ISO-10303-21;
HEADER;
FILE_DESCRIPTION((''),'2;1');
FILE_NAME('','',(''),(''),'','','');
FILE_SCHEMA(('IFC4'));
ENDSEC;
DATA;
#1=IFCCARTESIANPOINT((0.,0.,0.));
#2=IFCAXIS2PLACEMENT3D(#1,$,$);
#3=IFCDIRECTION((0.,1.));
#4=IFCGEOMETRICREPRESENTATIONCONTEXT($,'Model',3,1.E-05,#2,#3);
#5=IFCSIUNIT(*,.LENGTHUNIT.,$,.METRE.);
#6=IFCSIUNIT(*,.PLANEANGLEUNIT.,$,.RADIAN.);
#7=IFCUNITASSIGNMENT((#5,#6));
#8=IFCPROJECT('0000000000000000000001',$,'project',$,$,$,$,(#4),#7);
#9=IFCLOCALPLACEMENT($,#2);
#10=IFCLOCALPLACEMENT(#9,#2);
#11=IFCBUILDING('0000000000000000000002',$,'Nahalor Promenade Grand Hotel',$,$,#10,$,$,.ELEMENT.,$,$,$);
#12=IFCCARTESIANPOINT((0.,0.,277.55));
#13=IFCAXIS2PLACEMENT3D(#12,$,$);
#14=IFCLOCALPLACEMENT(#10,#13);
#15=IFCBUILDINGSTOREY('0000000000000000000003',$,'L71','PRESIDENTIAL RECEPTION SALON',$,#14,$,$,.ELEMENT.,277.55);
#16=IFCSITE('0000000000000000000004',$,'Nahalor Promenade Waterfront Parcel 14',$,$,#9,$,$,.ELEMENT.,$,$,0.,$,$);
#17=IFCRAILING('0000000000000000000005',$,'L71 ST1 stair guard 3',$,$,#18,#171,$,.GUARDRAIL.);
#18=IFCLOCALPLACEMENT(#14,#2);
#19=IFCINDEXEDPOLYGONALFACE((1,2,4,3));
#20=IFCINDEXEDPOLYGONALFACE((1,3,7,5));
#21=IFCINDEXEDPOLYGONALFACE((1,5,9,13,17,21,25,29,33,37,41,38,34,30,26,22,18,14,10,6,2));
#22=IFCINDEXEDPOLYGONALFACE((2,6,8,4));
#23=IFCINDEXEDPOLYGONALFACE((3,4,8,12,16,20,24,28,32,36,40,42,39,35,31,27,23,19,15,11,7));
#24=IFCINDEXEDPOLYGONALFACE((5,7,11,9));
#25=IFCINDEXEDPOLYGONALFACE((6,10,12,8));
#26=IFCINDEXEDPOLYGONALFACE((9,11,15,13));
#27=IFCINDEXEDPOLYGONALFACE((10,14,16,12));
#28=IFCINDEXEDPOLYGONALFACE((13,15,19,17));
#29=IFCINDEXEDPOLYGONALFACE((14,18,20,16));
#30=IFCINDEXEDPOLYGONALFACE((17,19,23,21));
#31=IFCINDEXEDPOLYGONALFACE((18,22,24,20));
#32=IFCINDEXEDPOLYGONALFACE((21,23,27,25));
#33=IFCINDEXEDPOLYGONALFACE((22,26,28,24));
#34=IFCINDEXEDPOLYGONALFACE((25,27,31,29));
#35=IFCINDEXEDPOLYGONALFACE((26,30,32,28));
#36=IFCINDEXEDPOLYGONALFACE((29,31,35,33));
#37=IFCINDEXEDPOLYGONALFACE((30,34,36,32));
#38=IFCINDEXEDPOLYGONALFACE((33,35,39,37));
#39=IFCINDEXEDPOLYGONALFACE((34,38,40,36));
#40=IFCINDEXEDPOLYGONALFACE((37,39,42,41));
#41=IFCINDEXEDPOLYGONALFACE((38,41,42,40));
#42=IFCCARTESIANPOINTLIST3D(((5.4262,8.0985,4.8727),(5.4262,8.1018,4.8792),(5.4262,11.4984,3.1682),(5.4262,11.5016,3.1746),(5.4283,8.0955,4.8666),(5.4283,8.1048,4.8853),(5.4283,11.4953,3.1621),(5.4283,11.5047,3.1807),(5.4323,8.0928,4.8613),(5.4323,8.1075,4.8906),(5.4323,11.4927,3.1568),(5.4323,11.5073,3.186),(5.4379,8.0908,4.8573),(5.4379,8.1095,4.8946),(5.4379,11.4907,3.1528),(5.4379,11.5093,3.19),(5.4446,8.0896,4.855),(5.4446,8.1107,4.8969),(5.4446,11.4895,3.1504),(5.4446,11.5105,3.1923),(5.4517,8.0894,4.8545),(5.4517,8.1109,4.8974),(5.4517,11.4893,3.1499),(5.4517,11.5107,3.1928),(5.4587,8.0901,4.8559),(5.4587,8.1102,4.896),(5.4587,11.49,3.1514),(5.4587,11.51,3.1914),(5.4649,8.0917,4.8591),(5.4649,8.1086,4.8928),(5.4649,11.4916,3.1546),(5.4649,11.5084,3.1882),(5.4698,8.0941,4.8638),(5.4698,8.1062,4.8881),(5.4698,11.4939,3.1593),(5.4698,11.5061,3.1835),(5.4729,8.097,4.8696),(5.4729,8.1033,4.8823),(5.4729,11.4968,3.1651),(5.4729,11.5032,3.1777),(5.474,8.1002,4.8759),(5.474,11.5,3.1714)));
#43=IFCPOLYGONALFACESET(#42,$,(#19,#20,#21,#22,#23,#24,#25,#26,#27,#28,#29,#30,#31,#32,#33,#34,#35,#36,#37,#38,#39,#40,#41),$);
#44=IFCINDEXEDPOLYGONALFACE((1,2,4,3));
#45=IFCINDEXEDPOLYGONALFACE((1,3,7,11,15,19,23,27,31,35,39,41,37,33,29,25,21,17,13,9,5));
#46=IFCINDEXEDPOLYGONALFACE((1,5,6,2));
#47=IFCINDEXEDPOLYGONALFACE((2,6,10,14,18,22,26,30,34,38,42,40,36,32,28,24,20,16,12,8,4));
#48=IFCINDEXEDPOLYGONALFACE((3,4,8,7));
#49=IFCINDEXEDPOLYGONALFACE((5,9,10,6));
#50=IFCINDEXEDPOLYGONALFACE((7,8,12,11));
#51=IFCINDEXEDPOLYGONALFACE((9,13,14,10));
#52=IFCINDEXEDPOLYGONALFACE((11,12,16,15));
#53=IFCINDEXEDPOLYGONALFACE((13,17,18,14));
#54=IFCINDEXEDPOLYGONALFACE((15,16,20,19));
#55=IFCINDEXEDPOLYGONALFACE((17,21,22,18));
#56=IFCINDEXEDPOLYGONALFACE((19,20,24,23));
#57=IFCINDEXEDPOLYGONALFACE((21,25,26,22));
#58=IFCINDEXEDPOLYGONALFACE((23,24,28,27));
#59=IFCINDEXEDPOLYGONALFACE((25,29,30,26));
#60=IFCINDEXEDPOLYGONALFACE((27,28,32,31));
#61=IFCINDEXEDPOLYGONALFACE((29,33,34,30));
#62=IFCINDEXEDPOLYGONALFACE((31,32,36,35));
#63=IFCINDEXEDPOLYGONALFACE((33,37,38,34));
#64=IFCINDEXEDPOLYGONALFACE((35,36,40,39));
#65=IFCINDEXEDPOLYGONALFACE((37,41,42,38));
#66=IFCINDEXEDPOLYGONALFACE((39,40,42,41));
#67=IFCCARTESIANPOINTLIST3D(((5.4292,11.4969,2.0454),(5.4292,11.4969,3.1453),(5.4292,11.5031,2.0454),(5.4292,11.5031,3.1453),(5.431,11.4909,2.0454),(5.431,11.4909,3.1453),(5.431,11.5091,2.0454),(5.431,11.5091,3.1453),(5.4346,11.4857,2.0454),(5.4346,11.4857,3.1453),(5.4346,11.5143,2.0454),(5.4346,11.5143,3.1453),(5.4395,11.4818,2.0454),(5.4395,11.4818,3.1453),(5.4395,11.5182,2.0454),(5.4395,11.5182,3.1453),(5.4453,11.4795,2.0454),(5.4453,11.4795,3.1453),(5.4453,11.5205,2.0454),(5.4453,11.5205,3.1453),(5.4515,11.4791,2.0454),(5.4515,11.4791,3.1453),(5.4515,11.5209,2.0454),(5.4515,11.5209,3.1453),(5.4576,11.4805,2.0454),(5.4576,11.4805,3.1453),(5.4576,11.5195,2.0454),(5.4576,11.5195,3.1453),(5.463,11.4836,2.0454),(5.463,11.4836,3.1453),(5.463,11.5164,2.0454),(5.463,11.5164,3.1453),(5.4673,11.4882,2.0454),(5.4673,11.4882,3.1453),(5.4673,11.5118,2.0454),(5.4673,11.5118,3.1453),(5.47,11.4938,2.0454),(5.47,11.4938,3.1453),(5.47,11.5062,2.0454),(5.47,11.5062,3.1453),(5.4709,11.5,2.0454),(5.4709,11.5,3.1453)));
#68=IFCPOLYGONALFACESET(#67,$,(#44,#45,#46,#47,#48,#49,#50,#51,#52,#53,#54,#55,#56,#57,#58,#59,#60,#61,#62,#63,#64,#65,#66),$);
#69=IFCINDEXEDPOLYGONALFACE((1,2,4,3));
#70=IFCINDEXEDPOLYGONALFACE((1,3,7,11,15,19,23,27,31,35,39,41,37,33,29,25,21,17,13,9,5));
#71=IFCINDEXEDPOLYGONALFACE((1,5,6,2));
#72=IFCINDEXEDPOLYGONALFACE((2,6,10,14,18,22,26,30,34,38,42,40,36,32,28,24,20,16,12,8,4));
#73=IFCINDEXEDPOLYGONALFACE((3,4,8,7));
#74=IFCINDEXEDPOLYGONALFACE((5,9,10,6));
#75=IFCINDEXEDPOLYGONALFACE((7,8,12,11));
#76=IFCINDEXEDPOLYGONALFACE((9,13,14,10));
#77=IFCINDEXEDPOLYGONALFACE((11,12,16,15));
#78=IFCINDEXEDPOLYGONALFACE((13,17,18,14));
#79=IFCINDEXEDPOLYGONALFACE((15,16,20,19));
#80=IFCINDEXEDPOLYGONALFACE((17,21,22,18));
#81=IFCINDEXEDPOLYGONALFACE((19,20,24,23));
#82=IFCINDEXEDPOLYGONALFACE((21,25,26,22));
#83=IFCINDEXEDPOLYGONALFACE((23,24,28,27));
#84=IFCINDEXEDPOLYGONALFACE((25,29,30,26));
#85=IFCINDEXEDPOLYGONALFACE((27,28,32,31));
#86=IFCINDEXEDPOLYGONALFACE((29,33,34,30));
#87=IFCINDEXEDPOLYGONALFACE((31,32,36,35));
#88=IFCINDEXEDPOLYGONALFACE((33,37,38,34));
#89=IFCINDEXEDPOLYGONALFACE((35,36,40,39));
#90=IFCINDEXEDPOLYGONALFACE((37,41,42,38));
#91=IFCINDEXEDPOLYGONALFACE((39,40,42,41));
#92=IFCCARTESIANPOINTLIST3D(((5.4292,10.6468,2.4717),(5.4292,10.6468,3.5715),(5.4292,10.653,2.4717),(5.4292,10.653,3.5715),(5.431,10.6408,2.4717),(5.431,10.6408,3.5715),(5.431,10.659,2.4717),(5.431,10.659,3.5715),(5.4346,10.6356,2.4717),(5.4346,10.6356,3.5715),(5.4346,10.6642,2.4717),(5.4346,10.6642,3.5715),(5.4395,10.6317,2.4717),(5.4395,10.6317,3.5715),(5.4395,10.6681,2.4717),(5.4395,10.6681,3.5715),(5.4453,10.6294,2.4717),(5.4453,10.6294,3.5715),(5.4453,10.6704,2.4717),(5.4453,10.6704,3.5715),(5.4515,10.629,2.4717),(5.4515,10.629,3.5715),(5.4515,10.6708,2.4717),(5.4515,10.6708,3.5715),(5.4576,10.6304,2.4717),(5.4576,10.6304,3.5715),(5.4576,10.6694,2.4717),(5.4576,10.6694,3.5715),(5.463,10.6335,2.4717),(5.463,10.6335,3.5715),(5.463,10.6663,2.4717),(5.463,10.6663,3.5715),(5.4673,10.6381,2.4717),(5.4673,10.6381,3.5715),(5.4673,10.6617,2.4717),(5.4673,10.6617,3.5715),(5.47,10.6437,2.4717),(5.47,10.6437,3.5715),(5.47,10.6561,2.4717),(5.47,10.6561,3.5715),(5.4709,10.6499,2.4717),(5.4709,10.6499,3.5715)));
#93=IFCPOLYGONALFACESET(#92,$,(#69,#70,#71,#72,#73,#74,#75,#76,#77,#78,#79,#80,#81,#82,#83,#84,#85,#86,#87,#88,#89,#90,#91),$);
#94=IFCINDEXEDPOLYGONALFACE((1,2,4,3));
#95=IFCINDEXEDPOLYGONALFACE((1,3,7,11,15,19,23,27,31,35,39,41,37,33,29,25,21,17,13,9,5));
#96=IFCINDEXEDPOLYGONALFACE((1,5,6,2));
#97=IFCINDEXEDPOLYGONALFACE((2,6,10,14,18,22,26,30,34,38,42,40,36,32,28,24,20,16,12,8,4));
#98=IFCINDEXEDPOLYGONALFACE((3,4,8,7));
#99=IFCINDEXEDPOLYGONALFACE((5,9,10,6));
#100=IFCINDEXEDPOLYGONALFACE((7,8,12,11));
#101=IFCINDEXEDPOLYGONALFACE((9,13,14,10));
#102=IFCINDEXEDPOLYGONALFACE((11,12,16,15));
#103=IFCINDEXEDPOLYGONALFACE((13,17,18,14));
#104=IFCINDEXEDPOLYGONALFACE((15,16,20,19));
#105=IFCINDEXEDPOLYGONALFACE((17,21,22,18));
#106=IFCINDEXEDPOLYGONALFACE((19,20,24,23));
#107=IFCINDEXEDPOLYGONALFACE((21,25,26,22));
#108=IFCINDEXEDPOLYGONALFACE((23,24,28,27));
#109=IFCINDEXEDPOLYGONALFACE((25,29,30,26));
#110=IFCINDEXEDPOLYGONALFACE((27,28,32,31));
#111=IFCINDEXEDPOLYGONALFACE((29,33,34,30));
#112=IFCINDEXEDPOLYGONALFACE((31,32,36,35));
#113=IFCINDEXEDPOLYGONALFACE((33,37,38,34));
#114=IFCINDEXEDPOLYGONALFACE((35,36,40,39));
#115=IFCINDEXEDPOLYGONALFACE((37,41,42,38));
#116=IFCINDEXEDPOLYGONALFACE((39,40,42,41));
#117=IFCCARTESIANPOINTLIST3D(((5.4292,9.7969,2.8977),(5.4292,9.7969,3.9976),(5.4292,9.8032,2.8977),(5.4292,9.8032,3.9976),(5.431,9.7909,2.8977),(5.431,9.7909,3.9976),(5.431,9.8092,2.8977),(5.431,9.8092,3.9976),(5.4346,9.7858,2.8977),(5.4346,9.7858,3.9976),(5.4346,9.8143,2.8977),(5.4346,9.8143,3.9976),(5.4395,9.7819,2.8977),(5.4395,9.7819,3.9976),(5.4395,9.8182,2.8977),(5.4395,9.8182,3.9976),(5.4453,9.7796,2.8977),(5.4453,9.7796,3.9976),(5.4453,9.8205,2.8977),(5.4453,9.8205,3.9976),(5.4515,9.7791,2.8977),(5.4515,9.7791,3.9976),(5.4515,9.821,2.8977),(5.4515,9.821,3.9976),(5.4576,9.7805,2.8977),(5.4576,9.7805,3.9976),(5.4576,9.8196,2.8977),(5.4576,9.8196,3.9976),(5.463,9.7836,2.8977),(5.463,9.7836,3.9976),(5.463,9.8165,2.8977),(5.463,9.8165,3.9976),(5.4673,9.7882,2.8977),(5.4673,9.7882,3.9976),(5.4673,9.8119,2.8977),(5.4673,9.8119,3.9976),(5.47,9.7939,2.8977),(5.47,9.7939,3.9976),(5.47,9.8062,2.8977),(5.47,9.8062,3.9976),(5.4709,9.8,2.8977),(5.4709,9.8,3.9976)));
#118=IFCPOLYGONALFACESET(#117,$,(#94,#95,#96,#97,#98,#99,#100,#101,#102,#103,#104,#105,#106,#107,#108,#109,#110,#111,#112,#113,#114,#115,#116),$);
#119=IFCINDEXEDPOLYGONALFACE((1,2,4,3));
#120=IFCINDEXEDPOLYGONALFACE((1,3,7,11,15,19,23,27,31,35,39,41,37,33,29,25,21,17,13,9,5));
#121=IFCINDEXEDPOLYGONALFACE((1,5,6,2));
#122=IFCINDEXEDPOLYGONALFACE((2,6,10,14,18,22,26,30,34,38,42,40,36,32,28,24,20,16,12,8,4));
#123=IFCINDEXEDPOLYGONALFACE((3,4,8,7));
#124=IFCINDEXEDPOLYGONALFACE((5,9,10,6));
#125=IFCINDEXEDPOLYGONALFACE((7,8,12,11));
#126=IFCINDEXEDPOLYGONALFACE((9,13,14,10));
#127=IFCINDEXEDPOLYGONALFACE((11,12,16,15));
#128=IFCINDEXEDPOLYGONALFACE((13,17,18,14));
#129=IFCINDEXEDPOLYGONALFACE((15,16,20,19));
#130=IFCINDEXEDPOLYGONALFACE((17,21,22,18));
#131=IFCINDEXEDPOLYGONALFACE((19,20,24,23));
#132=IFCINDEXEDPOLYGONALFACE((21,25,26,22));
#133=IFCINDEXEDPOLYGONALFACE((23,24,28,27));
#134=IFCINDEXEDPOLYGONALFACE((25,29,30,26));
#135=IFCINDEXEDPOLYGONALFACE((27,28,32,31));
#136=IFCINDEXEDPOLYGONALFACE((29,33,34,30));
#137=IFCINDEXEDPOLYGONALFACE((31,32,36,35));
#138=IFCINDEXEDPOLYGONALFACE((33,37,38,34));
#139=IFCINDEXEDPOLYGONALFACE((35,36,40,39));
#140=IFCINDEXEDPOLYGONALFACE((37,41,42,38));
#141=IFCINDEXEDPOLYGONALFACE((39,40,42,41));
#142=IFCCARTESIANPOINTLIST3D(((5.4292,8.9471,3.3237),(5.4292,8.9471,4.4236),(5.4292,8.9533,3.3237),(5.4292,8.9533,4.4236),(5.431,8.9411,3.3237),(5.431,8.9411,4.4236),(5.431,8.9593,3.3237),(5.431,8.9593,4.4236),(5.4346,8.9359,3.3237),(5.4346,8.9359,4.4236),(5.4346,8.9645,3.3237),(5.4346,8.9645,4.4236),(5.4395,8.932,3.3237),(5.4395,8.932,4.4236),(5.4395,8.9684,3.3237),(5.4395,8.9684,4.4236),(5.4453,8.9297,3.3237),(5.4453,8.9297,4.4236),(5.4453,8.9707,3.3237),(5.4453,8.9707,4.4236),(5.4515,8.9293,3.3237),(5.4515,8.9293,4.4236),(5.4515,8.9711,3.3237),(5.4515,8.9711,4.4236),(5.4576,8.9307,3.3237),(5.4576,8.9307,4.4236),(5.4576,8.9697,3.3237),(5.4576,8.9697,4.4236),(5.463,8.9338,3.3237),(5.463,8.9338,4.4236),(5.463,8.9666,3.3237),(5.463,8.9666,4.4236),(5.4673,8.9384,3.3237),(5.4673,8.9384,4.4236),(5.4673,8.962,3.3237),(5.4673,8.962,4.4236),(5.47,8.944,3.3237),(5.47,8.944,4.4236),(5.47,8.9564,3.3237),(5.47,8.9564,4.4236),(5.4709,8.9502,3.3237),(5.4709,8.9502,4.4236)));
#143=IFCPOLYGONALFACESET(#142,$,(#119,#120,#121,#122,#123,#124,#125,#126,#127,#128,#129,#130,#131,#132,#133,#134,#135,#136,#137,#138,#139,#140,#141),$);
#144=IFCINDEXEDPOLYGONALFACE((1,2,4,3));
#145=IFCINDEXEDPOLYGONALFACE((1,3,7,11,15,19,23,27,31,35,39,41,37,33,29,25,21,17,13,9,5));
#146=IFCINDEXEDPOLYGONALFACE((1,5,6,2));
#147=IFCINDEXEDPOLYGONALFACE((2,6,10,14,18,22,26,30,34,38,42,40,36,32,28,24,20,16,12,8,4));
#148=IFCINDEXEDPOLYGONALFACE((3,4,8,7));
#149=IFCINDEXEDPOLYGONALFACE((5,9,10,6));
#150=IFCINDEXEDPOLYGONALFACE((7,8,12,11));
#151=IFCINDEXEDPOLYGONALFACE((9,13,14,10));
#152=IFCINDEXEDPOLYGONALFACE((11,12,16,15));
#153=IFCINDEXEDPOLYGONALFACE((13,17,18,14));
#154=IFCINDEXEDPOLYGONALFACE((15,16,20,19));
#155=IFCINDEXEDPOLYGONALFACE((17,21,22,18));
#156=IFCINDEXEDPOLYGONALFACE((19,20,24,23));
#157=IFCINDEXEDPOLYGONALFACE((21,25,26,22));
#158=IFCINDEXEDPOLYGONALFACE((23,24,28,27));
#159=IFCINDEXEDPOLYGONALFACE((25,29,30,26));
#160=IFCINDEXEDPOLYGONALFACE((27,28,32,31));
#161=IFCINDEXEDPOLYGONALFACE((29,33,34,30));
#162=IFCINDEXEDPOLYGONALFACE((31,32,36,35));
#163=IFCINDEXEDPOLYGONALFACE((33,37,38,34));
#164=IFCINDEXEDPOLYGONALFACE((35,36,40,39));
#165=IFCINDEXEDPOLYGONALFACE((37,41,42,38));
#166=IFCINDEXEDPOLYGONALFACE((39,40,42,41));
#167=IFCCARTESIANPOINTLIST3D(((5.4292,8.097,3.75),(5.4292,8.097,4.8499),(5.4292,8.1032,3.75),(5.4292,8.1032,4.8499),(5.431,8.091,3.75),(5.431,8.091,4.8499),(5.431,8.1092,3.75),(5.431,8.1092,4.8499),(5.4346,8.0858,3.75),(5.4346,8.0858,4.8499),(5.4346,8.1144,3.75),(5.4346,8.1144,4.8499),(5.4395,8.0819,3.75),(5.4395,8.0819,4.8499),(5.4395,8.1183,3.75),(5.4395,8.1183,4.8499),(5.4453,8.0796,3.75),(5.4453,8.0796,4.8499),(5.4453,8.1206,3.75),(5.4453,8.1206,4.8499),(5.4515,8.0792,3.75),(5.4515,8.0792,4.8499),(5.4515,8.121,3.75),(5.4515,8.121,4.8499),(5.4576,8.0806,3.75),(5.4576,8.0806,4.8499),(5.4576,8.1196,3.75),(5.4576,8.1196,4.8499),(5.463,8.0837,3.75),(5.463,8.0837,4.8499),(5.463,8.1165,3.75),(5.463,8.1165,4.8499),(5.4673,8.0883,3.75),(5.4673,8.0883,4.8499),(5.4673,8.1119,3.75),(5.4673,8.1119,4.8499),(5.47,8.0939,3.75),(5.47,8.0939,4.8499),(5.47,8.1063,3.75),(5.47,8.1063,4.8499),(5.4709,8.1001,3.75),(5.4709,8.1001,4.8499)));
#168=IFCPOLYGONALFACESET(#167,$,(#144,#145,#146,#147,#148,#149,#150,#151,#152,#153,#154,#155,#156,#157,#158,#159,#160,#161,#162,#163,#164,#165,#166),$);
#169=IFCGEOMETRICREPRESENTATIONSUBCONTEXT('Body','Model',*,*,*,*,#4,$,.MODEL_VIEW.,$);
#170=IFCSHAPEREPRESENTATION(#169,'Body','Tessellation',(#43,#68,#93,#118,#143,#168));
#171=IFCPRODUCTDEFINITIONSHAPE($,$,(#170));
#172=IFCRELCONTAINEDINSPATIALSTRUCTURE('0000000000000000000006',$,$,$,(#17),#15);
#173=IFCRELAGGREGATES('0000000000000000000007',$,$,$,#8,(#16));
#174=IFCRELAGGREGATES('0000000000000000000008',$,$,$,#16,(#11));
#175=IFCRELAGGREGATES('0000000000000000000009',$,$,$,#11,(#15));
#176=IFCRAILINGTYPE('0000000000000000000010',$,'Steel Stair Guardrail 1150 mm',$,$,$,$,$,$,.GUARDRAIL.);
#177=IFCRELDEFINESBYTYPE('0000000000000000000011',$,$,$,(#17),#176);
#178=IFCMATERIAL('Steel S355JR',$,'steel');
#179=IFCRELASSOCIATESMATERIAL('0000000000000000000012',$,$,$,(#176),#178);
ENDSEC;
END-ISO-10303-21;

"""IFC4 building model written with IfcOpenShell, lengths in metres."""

from ifc_helpers import new_model, si_unit, direction, frame, origin, origin_2d, place, context, subcontext, project, spatial, circle, extrude, material, type_object, element, save


model = new_model("IFC4")

# Units and contexts
model_context = context("Model", 3, precision=1e-05, world=origin(), true_north=direction((0.0, 1.0)))
body_context = subcontext(model_context, "Body", "Model", "MODEL_VIEW")
ifc_project = project(units=[si_unit("LENGTHUNIT", "METRE"), si_unit("PLANEANGLEUNIT", "RADIAN")], contexts=[model_context])

# Site, building, storey
site_placement = place(None, origin())
site = spatial("IfcSite", under=ifc_project, at=site_placement, Name="Nahalor Promenade Waterfront Parcel 14", CompositionType="ELEMENT", RefElevation=0.0)
building_placement = place(site_placement, origin())
building = spatial("IfcBuilding", under=site, at=building_placement, Name="Nahalor Promenade Grand Hotel", CompositionType="ELEMENT")
storey_placement = place(building_placement, frame((0.0, 0.0, 277.55)))
storey = spatial("IfcBuildingStorey", under=building, at=storey_placement, Name="L71", Description="PRESIDENTIAL RECEPTION SALON", CompositionType="ELEMENT", Elevation=277.55)

# Shared definitions
ifc_material_1 = material(Name="Steel S355JR", Category="steel")

# Railing
railing_type = type_object("IfcRailingType", Name="Steel Stair Guardrail 1150 mm", PredefinedType="GUARDRAIL", material=ifc_material_1)
railing_1_placement = place(storey_placement, frame((5.45, 11.5, 2.0454)))
element("IfcRailing", 1, at=railing_1_placement, inside=storey, type_object=railing_type, Name="L71 ST1 stair guard 3", PredefinedType="GUARDRAIL", context=body_context, shape_type="SweptSolid", body=[
    extrude(circle(Radius=0.024, at=origin_2d()), frame((0.0, 0.0, 1.126), z_axis=(0.0, -0.893939, 0.448189), x_axis=(1.0, 0.0, 0.0)), (0.0, 0.0, 1.0), 3.8032),
    extrude(circle(Radius=0.021, at=origin_2d()), origin(), (0.0, 0.0, 1.0), 1.0999),
    extrude(circle(Radius=0.021, at=origin_2d()), frame((0.0, -0.8501, 0.4263)), (0.0, 0.0, 1.0), 1.0999),
    extrude(circle(Radius=0.021, at=origin_2d()), frame((0.0, -1.7, 0.8523)), (0.0, 0.0, 1.0), 1.0999),
    extrude(circle(Radius=0.021, at=origin_2d()), frame((0.0, -2.5498, 1.2783)), (0.0, 0.0, 1.0), 1.0999),
    extrude(circle(Radius=0.021, at=origin_2d()), frame((0.0, -3.3999, 1.7046)), (0.0, 0.0, 1.0), 1.0999),
])

save(model, "model.ifc")
